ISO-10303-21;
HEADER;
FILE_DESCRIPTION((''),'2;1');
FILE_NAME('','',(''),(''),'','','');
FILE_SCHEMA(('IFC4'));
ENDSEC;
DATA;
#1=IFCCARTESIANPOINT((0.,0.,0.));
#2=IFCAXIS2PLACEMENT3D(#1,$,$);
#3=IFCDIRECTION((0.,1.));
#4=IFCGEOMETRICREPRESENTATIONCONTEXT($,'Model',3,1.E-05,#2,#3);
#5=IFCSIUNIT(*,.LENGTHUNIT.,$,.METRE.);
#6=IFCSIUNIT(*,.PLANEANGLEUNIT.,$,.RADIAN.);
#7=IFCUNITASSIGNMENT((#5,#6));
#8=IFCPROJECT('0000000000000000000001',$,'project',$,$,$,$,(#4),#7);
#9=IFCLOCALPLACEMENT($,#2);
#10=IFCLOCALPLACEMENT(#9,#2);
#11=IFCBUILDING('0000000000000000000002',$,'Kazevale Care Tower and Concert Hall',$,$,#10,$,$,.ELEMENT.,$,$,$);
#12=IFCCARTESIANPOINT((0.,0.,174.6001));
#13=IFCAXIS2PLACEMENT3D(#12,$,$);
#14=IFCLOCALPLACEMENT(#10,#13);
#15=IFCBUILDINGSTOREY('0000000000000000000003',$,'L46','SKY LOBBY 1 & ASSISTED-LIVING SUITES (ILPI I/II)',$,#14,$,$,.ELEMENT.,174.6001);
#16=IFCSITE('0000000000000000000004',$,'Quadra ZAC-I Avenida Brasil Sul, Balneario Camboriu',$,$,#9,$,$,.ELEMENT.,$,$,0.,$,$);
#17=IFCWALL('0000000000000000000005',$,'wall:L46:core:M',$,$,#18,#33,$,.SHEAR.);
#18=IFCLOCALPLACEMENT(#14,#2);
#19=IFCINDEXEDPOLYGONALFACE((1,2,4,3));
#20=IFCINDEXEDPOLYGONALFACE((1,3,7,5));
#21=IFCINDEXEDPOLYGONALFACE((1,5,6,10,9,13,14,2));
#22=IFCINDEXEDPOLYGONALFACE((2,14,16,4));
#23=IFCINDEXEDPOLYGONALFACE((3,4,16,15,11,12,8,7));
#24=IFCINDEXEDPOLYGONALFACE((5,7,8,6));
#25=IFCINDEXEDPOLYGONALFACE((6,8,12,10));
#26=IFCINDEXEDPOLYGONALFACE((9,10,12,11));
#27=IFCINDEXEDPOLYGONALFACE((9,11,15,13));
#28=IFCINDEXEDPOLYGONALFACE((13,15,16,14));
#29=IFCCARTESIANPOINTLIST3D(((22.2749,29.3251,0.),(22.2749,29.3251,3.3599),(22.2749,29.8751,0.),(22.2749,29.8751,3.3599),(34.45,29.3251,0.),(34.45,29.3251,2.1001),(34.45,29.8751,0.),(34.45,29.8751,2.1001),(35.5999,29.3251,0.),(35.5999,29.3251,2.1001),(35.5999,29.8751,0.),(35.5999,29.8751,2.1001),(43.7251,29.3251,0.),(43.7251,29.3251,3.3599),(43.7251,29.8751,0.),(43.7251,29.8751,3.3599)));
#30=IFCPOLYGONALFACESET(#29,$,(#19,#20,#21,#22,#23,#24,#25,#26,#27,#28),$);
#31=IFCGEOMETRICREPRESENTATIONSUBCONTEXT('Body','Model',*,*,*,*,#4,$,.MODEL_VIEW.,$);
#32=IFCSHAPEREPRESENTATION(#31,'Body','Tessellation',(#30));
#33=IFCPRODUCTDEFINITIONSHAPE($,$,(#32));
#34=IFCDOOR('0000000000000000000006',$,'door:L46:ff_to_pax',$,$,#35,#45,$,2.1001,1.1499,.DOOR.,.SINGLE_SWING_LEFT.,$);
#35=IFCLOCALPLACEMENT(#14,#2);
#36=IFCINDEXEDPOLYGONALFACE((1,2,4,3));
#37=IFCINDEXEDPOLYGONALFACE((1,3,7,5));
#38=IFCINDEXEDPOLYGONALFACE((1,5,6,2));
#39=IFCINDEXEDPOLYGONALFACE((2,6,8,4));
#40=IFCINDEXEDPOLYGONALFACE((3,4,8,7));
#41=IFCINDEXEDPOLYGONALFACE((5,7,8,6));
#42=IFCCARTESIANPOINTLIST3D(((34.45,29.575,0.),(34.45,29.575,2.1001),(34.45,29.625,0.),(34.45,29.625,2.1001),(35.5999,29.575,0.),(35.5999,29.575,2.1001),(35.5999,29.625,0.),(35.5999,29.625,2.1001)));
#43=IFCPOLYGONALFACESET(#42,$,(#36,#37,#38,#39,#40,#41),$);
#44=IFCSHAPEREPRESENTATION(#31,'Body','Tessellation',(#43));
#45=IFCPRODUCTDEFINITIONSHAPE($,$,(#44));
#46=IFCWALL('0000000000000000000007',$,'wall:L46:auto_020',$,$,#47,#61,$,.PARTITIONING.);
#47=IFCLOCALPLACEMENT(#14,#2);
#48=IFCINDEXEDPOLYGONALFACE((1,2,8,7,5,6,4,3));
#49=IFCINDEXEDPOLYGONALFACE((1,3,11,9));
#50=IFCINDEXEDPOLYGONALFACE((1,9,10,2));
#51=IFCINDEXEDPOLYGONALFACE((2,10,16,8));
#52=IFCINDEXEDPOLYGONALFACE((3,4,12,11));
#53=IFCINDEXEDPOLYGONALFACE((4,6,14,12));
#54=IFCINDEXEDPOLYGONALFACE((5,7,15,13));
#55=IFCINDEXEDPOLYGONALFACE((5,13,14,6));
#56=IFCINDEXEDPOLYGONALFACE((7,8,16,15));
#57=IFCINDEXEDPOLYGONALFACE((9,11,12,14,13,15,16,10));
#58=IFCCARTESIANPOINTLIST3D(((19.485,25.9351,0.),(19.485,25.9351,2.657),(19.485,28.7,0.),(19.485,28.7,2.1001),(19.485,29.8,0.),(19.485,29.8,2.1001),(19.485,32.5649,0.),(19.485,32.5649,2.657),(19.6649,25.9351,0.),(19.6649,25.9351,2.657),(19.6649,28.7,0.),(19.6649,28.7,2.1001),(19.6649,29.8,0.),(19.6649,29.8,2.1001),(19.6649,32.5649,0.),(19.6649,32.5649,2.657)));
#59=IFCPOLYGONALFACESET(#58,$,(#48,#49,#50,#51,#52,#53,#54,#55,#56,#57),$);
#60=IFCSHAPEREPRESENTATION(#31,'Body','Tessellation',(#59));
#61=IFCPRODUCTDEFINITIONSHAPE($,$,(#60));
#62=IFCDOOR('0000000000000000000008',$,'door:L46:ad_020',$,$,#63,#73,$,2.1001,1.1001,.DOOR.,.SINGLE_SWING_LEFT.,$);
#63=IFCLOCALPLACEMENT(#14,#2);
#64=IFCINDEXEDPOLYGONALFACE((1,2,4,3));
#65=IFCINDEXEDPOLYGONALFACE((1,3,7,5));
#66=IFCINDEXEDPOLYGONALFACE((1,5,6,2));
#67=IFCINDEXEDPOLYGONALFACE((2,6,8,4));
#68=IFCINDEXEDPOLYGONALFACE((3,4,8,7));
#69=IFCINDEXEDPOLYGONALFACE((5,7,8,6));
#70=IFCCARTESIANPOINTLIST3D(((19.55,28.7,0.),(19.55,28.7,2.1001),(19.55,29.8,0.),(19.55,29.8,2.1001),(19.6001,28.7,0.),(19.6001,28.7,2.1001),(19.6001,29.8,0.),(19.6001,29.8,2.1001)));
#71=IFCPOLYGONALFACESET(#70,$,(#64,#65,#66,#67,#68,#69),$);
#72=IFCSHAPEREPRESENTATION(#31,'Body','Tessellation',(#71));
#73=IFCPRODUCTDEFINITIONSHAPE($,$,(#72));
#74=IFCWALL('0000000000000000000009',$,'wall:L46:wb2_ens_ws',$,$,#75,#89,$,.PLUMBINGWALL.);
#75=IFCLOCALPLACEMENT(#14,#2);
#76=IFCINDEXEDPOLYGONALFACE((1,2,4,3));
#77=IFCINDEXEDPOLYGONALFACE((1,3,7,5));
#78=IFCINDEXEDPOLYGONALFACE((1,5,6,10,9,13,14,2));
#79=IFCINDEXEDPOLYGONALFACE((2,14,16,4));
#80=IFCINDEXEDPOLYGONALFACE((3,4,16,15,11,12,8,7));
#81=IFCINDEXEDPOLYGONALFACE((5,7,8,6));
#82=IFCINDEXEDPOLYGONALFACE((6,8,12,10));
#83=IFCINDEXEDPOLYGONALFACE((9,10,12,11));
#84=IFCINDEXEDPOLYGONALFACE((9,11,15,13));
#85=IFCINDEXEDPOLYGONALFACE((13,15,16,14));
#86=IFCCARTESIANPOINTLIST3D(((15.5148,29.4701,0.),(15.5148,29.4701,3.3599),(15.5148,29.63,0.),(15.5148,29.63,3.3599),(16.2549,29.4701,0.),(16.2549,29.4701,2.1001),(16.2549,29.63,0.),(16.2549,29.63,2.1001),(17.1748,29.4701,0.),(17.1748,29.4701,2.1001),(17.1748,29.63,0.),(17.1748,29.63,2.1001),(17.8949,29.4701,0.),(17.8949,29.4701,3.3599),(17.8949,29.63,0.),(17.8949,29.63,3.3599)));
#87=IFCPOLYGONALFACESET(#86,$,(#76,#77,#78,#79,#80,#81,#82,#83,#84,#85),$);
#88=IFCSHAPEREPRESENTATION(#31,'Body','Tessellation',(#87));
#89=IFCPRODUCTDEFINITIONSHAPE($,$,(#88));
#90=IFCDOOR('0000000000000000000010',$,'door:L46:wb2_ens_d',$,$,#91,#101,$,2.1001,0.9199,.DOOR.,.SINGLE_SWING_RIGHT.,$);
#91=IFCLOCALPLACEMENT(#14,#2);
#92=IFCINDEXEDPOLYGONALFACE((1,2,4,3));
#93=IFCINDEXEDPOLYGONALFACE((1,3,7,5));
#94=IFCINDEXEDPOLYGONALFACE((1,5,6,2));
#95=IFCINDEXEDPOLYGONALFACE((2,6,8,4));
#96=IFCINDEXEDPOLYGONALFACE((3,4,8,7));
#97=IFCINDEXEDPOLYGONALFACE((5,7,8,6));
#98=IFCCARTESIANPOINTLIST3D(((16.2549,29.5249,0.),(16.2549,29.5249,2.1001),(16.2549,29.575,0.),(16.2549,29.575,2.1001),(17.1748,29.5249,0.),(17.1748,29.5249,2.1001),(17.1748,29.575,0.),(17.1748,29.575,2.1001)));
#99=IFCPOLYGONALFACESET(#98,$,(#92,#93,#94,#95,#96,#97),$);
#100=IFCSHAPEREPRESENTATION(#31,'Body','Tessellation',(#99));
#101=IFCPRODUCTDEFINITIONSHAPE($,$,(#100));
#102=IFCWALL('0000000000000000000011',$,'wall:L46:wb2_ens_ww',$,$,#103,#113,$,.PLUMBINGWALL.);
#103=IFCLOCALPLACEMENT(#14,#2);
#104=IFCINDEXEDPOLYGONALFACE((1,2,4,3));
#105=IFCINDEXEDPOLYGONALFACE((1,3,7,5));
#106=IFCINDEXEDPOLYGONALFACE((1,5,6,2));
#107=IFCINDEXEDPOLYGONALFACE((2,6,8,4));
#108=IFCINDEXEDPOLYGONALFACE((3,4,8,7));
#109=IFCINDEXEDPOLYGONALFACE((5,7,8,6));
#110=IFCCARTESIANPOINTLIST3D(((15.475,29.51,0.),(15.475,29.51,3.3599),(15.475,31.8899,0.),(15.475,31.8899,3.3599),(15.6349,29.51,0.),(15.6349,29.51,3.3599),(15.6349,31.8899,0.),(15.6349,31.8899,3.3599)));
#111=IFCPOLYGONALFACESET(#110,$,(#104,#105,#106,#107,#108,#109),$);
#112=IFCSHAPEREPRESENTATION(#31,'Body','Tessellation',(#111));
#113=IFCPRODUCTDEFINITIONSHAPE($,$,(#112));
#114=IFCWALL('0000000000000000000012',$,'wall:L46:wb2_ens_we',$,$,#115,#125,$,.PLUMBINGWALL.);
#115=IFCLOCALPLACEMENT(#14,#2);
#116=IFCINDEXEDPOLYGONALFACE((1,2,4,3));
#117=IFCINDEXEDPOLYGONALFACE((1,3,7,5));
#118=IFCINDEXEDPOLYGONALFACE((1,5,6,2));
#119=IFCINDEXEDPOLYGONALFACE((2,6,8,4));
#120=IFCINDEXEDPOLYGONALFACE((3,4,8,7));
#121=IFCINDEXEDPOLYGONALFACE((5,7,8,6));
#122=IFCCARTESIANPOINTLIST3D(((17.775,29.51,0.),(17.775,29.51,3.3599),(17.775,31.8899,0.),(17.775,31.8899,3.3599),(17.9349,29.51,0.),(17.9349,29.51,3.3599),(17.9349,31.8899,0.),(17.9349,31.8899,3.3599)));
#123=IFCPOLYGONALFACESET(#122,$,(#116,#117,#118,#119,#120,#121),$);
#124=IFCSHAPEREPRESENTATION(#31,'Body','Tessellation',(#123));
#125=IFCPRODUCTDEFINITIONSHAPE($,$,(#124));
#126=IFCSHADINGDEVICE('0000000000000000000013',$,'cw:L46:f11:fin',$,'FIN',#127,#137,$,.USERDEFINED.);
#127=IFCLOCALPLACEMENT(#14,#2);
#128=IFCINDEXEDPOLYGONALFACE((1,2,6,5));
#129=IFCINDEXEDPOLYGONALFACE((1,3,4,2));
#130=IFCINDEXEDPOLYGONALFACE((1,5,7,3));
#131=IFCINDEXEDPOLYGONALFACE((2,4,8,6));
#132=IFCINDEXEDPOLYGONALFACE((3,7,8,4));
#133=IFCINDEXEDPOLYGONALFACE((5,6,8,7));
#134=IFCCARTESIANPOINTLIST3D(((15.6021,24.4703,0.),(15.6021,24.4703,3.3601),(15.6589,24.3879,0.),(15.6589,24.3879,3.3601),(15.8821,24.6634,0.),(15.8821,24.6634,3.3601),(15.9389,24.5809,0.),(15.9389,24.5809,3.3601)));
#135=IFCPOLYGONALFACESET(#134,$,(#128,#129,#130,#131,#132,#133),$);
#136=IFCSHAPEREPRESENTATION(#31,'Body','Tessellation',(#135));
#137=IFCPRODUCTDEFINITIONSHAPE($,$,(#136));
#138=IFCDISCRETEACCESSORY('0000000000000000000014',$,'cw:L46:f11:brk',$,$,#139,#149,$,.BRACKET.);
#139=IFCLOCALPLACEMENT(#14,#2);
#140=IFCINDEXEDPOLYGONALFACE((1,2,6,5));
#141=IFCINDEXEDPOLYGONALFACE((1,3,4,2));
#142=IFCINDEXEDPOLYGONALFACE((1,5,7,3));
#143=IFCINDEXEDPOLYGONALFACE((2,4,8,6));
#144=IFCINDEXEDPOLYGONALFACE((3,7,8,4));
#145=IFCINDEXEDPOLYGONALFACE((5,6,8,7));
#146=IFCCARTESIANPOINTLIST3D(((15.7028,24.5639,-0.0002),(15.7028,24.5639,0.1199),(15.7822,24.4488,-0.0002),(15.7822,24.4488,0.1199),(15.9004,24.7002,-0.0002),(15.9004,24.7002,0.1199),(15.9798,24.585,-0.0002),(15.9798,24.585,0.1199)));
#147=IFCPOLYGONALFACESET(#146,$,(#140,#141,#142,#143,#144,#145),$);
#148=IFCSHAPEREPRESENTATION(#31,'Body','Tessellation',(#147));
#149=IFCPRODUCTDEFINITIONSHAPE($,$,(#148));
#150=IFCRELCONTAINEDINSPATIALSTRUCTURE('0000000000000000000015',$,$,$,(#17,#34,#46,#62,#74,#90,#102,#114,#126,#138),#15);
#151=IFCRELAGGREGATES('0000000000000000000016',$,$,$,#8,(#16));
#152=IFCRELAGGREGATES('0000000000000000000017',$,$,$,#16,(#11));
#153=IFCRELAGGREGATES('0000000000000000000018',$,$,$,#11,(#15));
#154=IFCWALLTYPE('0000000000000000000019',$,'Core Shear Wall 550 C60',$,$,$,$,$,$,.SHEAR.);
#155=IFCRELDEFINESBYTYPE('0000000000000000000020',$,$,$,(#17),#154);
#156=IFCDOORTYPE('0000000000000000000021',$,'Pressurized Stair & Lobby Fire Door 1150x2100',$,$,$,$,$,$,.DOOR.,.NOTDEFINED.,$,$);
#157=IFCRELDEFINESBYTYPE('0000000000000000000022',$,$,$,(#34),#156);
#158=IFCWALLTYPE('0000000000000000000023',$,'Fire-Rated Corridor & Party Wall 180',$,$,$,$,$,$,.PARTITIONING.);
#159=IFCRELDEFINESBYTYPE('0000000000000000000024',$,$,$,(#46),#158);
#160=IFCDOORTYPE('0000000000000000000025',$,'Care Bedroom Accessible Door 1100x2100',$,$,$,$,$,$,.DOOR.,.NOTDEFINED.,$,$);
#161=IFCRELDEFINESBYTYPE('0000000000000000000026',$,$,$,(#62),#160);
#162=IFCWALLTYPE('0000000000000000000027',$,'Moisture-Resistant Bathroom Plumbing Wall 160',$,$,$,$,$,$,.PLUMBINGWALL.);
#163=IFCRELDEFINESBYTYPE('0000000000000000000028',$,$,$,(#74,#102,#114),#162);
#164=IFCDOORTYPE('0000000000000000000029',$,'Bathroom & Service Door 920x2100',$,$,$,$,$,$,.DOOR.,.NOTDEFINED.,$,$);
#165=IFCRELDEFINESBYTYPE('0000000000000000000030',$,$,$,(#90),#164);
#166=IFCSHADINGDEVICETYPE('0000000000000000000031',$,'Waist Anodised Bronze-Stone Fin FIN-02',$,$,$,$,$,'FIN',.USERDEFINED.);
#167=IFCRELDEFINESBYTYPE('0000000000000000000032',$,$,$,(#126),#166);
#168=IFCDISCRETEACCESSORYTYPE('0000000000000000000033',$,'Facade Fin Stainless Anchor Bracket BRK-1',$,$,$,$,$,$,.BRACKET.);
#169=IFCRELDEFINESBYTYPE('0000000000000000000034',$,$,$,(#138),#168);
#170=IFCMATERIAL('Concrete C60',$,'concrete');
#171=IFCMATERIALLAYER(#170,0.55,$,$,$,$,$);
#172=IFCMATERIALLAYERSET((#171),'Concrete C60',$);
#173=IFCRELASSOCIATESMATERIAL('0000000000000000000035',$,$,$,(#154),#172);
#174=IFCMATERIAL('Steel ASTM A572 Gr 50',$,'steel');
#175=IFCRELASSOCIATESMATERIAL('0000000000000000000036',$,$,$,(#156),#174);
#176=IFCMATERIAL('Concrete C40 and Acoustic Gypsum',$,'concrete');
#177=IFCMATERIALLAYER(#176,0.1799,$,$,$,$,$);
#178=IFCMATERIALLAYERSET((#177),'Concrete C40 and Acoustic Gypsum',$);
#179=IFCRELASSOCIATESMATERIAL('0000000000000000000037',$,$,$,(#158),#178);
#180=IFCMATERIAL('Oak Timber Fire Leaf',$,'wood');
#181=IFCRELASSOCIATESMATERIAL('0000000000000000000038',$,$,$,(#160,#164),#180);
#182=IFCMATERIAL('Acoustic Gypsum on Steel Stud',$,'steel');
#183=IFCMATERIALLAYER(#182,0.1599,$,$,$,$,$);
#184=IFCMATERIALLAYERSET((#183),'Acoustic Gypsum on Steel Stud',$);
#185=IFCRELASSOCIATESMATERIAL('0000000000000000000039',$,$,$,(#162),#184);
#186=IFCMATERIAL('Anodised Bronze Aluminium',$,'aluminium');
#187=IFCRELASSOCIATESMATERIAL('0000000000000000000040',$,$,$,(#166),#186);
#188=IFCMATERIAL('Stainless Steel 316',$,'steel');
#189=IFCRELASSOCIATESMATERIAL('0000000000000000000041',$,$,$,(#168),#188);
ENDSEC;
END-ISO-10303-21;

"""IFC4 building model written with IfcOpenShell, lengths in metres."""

from ifc_helpers import new_model, si_unit, direction, frame, frame_2d, origin, origin_2d, place, context, subcontext, project, spatial, rectangle, extrude, material, layer, layer_set, type_object, element, fill, save


model = new_model("IFC4")

# Units and contexts
model_context = context("Model", 3, precision=1e-05, world=origin(), true_north=direction((0.0, 1.0)))
body_context = subcontext(model_context, "Body", "Model", "MODEL_VIEW")
ifc_project = project(units=[si_unit("LENGTHUNIT", "METRE"), si_unit("PLANEANGLEUNIT", "RADIAN")], contexts=[model_context])

# Site, building, storey
site_placement = place(None, origin())
site = spatial("IfcSite", under=ifc_project, at=site_placement, Name="Quadra ZAC-I Avenida Brasil Sul, Balneario Camboriu", CompositionType="ELEMENT", RefElevation=0.0)
building_placement = place(site_placement, origin())
building = spatial("IfcBuilding", under=site, at=building_placement, Name="Kazevale Care Tower and Concert Hall", CompositionType="ELEMENT")
storey_placement = place(building_placement, frame((0.0, 0.0, 174.6001)))
storey = spatial("IfcBuildingStorey", under=building, at=storey_placement, Name="L46", Description="SKY LOBBY 1 & ASSISTED-LIVING SUITES (ILPI I/II)", CompositionType="ELEMENT", Elevation=174.6001)

# Shared definitions
ifc_material_1 = material(Name="Acoustic Gypsum on Steel Stud", Category="steel")
ifc_material_2 = material(Name="Concrete C60", Category="concrete")
ifc_layer_1 = layer(ifc_material_2, 0.55)
ifc_layer_set_1 = layer_set([ifc_layer_1], Name="Concrete C60")
wall_type_1 = type_object("IfcWallType", Name="Core Shear Wall 550 C60", PredefinedType="SHEAR", material=ifc_layer_set_1)

# Walls, openings, doors
wall_1_placement = place(storey_placement, frame((22.2749, 29.6001, 0.0), z_axis=(0.0, 0.0, 1.0), x_axis=(1.0, 0.0, 0.0)))
wall_1 = element("IfcWall", 1, at=wall_1_placement, inside=storey, type_object=wall_type_1, Name="wall:L46:core:M", PredefinedType="SHEAR", context=body_context, shape_type="SweptSolid", body=[
    extrude(rectangle(XDim=21.4502, YDim=0.55, at=frame_2d((10.7251, 0.0))), origin(), (0.0, 0.0, 1.0), 3.3599),
])
opening_1_placement = place(wall_1_placement, frame((12.175, 0.0, 0.0)))
opening_1 = element("IfcOpeningElement", 2, at=opening_1_placement, cuts=wall_1, PredefinedType="OPENING", context=body_context, shape_type="SweptSolid", body=[
    extrude(rectangle(XDim=1.1499, YDim=2.1001, at=frame_2d((0.575, 1.05))), frame((0.0, 0.2849, 0.0), z_axis=(0.0, -1.0, 0.0), x_axis=(1.0, 0.0, 0.0)), (0.0, 0.0, 1.0), 0.5701),
])
ifc_material_3 = material(Name="Steel ASTM A572 Gr 50", Category="steel")
door_type_1 = type_object("IfcDoorType", Name="Pressurized Stair & Lobby Fire Door 1150x2100", OperationType="NOTDEFINED", PredefinedType="DOOR", material=ifc_material_3)
door_1_placement = place(opening_1_placement, origin())
door_1 = element("IfcDoor", 3, at=door_1_placement, inside=storey, type_object=door_type_1, Name="door:L46:ff_to_pax", OperationType="SINGLE_SWING_LEFT", OverallHeight=2.1001, OverallWidth=1.1499, PredefinedType="DOOR", context=body_context, shape_type="SweptSolid", body=[
    extrude(rectangle(XDim=1.1499, YDim=2.1001, at=frame_2d((0.575, 1.05))), frame((0.0, 0.0249, 0.0), z_axis=(0.0, -1.0, 0.0), x_axis=(1.0, 0.0, 0.0)), (0.0, 0.0, 1.0), 0.05),
])
fill(opening_1, door_1)
ifc_material_4 = material(Name="Concrete C40 and Acoustic Gypsum", Category="concrete")
ifc_layer_2 = layer(ifc_material_4, 0.1799)
ifc_layer_set_2 = layer_set([ifc_layer_2], Name="Concrete C40 and Acoustic Gypsum")
wall_type_2 = type_object("IfcWallType", Name="Fire-Rated Corridor & Party Wall 180", PredefinedType="PARTITIONING", material=ifc_layer_set_2)
wall_2_placement = place(storey_placement, frame((19.575, 25.9351, 0.0), z_axis=(0.0, 0.0, 1.0), x_axis=(0.0, 1.0, 0.0)))
wall_2 = element("IfcWall", 4, at=wall_2_placement, inside=storey, type_object=wall_type_2, Name="wall:L46:auto_020", PredefinedType="PARTITIONING", context=body_context, shape_type="SweptSolid", body=[
    extrude(rectangle(XDim=6.6299, YDim=0.1799, at=frame_2d((3.3149, 0.0))), origin(), (0.0, 0.0, 1.0), 2.657),
])
opening_2_placement = place(wall_2_placement, frame((2.7649, 0.0, 0.0)))
opening_2 = element("IfcOpeningElement", 5, at=opening_2_placement, cuts=wall_2, PredefinedType="OPENING", context=body_context, shape_type="SweptSolid", body=[
    extrude(rectangle(XDim=1.1001, YDim=2.1001, at=frame_2d((0.55, 1.05))), frame((0.0, 0.0999, 0.0), z_axis=(0.0, -1.0, 0.0), x_axis=(1.0, 0.0, 0.0)), (0.0, 0.0, 1.0), 0.2),
])
ifc_material_5 = material(Name="Oak Timber Fire Leaf", Category="wood")
door_type_2 = type_object("IfcDoorType", Name="Care Bedroom Accessible Door 1100x2100", OperationType="NOTDEFINED", PredefinedType="DOOR", material=ifc_material_5)
door_2_placement = place(opening_2_placement, origin())
door_2 = element("IfcDoor", 6, at=door_2_placement, inside=storey, type_object=door_type_2, Name="door:L46:ad_020", OperationType="SINGLE_SWING_LEFT", OverallHeight=2.1001, OverallWidth=1.1001, PredefinedType="DOOR", context=body_context, shape_type="SweptSolid", body=[
    extrude(rectangle(XDim=1.1001, YDim=2.1001, at=frame_2d((0.55, 1.05))), frame((0.0, 0.0249, 0.0), z_axis=(0.0, -1.0, 0.0), x_axis=(1.0, 0.0, 0.0)), (0.0, 0.0, 1.0), 0.05),
])
fill(opening_2, door_2)
ifc_layer_3 = layer(ifc_material_1, 0.1599)
ifc_layer_set_3 = layer_set([ifc_layer_3], Name="Acoustic Gypsum on Steel Stud")
wall_type_3 = type_object("IfcWallType", Name="Moisture-Resistant Bathroom Plumbing Wall 160", PredefinedType="PLUMBINGWALL", material=ifc_layer_set_3)
wall_3_placement = place(storey_placement, frame((15.5149, 29.55, 0.0), z_axis=(0.0, 0.0, 1.0), x_axis=(1.0, 0.0, 0.0)))
wall_3 = element("IfcWall", 7, at=wall_3_placement, inside=storey, type_object=wall_type_3, Name="wall:L46:wb2_ens_ws", PredefinedType="PLUMBINGWALL", context=body_context, shape_type="SweptSolid", body=[
    extrude(rectangle(XDim=2.3801, YDim=0.1599, at=frame_2d((1.1899, 0.0))), origin(), (0.0, 0.0, 1.0), 3.3599),
])
opening_3_placement = place(wall_3_placement, frame((0.74, 0.0, 0.0)))
opening_3 = element("IfcOpeningElement", 8, at=opening_3_placement, cuts=wall_3, PredefinedType="OPENING", context=body_context, shape_type="SweptSolid", body=[
    extrude(rectangle(XDim=0.9199, YDim=2.1001, at=frame_2d((0.46, 1.05))), frame((0.0, 0.0898, 0.0), z_axis=(0.0, -1.0, 0.0), x_axis=(1.0, 0.0, 0.0)), (0.0, 0.0, 1.0), 0.1799),
])
door_type_3 = type_object("IfcDoorType", Name="Bathroom & Service Door 920x2100", OperationType="NOTDEFINED", PredefinedType="DOOR", material=ifc_material_5)
door_3_placement = place(opening_3_placement, origin())
door_3 = element("IfcDoor", 9, at=door_3_placement, inside=storey, type_object=door_type_3, Name="door:L46:wb2_ens_d", OperationType="SINGLE_SWING_RIGHT", OverallHeight=2.1001, OverallWidth=0.9199, PredefinedType="DOOR", context=body_context, shape_type="SweptSolid", body=[
    extrude(rectangle(XDim=0.9199, YDim=2.1001, at=frame_2d((0.46, 1.05))), frame((0.0, 0.0249, 0.0), z_axis=(0.0, -1.0, 0.0), x_axis=(1.0, 0.0, 0.0)), (0.0, 0.0, 1.0), 0.05),
])
fill(opening_3, door_3)

# Walls
for number, where, z_axis, x_axis, name in (
    (10, (15.5549, 29.51, 0.0), (0.0, 0.0, 1.0), (0.0, 1.0, 0.0), "wall:L46:wb2_ens_ww"),
    (11, (17.855, 29.51, 0.0), (0.0, 0.0, 1.0), (0.0, 1.0, 0.0), "wall:L46:wb2_ens_we"),
):
    element("IfcWall", number, at=place(storey_placement, frame(where, z_axis=z_axis, x_axis=x_axis)), inside=storey, type_object=wall_type_3, Name=name, PredefinedType="PLUMBINGWALL", context=body_context, shape_type="SweptSolid", body=[
        extrude(rectangle(XDim=2.3799, YDim=0.1599, at=frame_2d((1.1899, 0.0))), origin(), (0.0, 0.0, 1.0), 3.3599),
    ])

# Shading device
ifc_material_6 = material(Name="Anodised Bronze Aluminium", Category="aluminium")
shading_device_type = type_object("IfcShadingDeviceType", Name="Waist Anodised Bronze-Stone Fin FIN-02", ElementType="FIN", PredefinedType="USERDEFINED", material=ifc_material_6)
shading_device_placement = place(storey_placement, frame((15.7705, 24.5256, 0.0), z_axis=(0.0, 0.0, 1.0), x_axis=(-0.823335, -0.567556, 0.0)))
element("IfcShadingDevice", 12, at=shading_device_placement, inside=storey, type_object=shading_device_type, Name="cw:L46:f11:fin", ObjectType="FIN", PredefinedType="USERDEFINED", context=body_context, shape_type="SweptSolid", body=[
    extrude(rectangle(XDim=0.3401, YDim=0.1001, at=origin_2d()), origin(), (0.0, 0.0, 1.0), 3.3601),
])

# Discrete accessory
ifc_material_7 = material(Name="Stainless Steel 316", Category="steel")
discrete_accessory_type = type_object("IfcDiscreteAccessoryType", Name="Facade Fin Stainless Anchor Bracket BRK-1", PredefinedType="BRACKET", material=ifc_material_7)
discrete_accessory_placement = place(storey_placement, frame((15.8413, 24.5745, -0.0002), z_axis=(0.0, 0.0, 1.0), x_axis=(-0.823335, -0.567556, 0.0)))
element("IfcDiscreteAccessory", 13, at=discrete_accessory_placement, inside=storey, type_object=discrete_accessory_type, Name="cw:L46:f11:brk", PredefinedType="BRACKET", context=body_context, shape_type="SweptSolid", body=[
    extrude(rectangle(XDim=0.24, YDim=0.1399, at=origin_2d()), origin(), (0.0, 0.0, 1.0), 0.1201),
])

save(model, "model.ifc")
